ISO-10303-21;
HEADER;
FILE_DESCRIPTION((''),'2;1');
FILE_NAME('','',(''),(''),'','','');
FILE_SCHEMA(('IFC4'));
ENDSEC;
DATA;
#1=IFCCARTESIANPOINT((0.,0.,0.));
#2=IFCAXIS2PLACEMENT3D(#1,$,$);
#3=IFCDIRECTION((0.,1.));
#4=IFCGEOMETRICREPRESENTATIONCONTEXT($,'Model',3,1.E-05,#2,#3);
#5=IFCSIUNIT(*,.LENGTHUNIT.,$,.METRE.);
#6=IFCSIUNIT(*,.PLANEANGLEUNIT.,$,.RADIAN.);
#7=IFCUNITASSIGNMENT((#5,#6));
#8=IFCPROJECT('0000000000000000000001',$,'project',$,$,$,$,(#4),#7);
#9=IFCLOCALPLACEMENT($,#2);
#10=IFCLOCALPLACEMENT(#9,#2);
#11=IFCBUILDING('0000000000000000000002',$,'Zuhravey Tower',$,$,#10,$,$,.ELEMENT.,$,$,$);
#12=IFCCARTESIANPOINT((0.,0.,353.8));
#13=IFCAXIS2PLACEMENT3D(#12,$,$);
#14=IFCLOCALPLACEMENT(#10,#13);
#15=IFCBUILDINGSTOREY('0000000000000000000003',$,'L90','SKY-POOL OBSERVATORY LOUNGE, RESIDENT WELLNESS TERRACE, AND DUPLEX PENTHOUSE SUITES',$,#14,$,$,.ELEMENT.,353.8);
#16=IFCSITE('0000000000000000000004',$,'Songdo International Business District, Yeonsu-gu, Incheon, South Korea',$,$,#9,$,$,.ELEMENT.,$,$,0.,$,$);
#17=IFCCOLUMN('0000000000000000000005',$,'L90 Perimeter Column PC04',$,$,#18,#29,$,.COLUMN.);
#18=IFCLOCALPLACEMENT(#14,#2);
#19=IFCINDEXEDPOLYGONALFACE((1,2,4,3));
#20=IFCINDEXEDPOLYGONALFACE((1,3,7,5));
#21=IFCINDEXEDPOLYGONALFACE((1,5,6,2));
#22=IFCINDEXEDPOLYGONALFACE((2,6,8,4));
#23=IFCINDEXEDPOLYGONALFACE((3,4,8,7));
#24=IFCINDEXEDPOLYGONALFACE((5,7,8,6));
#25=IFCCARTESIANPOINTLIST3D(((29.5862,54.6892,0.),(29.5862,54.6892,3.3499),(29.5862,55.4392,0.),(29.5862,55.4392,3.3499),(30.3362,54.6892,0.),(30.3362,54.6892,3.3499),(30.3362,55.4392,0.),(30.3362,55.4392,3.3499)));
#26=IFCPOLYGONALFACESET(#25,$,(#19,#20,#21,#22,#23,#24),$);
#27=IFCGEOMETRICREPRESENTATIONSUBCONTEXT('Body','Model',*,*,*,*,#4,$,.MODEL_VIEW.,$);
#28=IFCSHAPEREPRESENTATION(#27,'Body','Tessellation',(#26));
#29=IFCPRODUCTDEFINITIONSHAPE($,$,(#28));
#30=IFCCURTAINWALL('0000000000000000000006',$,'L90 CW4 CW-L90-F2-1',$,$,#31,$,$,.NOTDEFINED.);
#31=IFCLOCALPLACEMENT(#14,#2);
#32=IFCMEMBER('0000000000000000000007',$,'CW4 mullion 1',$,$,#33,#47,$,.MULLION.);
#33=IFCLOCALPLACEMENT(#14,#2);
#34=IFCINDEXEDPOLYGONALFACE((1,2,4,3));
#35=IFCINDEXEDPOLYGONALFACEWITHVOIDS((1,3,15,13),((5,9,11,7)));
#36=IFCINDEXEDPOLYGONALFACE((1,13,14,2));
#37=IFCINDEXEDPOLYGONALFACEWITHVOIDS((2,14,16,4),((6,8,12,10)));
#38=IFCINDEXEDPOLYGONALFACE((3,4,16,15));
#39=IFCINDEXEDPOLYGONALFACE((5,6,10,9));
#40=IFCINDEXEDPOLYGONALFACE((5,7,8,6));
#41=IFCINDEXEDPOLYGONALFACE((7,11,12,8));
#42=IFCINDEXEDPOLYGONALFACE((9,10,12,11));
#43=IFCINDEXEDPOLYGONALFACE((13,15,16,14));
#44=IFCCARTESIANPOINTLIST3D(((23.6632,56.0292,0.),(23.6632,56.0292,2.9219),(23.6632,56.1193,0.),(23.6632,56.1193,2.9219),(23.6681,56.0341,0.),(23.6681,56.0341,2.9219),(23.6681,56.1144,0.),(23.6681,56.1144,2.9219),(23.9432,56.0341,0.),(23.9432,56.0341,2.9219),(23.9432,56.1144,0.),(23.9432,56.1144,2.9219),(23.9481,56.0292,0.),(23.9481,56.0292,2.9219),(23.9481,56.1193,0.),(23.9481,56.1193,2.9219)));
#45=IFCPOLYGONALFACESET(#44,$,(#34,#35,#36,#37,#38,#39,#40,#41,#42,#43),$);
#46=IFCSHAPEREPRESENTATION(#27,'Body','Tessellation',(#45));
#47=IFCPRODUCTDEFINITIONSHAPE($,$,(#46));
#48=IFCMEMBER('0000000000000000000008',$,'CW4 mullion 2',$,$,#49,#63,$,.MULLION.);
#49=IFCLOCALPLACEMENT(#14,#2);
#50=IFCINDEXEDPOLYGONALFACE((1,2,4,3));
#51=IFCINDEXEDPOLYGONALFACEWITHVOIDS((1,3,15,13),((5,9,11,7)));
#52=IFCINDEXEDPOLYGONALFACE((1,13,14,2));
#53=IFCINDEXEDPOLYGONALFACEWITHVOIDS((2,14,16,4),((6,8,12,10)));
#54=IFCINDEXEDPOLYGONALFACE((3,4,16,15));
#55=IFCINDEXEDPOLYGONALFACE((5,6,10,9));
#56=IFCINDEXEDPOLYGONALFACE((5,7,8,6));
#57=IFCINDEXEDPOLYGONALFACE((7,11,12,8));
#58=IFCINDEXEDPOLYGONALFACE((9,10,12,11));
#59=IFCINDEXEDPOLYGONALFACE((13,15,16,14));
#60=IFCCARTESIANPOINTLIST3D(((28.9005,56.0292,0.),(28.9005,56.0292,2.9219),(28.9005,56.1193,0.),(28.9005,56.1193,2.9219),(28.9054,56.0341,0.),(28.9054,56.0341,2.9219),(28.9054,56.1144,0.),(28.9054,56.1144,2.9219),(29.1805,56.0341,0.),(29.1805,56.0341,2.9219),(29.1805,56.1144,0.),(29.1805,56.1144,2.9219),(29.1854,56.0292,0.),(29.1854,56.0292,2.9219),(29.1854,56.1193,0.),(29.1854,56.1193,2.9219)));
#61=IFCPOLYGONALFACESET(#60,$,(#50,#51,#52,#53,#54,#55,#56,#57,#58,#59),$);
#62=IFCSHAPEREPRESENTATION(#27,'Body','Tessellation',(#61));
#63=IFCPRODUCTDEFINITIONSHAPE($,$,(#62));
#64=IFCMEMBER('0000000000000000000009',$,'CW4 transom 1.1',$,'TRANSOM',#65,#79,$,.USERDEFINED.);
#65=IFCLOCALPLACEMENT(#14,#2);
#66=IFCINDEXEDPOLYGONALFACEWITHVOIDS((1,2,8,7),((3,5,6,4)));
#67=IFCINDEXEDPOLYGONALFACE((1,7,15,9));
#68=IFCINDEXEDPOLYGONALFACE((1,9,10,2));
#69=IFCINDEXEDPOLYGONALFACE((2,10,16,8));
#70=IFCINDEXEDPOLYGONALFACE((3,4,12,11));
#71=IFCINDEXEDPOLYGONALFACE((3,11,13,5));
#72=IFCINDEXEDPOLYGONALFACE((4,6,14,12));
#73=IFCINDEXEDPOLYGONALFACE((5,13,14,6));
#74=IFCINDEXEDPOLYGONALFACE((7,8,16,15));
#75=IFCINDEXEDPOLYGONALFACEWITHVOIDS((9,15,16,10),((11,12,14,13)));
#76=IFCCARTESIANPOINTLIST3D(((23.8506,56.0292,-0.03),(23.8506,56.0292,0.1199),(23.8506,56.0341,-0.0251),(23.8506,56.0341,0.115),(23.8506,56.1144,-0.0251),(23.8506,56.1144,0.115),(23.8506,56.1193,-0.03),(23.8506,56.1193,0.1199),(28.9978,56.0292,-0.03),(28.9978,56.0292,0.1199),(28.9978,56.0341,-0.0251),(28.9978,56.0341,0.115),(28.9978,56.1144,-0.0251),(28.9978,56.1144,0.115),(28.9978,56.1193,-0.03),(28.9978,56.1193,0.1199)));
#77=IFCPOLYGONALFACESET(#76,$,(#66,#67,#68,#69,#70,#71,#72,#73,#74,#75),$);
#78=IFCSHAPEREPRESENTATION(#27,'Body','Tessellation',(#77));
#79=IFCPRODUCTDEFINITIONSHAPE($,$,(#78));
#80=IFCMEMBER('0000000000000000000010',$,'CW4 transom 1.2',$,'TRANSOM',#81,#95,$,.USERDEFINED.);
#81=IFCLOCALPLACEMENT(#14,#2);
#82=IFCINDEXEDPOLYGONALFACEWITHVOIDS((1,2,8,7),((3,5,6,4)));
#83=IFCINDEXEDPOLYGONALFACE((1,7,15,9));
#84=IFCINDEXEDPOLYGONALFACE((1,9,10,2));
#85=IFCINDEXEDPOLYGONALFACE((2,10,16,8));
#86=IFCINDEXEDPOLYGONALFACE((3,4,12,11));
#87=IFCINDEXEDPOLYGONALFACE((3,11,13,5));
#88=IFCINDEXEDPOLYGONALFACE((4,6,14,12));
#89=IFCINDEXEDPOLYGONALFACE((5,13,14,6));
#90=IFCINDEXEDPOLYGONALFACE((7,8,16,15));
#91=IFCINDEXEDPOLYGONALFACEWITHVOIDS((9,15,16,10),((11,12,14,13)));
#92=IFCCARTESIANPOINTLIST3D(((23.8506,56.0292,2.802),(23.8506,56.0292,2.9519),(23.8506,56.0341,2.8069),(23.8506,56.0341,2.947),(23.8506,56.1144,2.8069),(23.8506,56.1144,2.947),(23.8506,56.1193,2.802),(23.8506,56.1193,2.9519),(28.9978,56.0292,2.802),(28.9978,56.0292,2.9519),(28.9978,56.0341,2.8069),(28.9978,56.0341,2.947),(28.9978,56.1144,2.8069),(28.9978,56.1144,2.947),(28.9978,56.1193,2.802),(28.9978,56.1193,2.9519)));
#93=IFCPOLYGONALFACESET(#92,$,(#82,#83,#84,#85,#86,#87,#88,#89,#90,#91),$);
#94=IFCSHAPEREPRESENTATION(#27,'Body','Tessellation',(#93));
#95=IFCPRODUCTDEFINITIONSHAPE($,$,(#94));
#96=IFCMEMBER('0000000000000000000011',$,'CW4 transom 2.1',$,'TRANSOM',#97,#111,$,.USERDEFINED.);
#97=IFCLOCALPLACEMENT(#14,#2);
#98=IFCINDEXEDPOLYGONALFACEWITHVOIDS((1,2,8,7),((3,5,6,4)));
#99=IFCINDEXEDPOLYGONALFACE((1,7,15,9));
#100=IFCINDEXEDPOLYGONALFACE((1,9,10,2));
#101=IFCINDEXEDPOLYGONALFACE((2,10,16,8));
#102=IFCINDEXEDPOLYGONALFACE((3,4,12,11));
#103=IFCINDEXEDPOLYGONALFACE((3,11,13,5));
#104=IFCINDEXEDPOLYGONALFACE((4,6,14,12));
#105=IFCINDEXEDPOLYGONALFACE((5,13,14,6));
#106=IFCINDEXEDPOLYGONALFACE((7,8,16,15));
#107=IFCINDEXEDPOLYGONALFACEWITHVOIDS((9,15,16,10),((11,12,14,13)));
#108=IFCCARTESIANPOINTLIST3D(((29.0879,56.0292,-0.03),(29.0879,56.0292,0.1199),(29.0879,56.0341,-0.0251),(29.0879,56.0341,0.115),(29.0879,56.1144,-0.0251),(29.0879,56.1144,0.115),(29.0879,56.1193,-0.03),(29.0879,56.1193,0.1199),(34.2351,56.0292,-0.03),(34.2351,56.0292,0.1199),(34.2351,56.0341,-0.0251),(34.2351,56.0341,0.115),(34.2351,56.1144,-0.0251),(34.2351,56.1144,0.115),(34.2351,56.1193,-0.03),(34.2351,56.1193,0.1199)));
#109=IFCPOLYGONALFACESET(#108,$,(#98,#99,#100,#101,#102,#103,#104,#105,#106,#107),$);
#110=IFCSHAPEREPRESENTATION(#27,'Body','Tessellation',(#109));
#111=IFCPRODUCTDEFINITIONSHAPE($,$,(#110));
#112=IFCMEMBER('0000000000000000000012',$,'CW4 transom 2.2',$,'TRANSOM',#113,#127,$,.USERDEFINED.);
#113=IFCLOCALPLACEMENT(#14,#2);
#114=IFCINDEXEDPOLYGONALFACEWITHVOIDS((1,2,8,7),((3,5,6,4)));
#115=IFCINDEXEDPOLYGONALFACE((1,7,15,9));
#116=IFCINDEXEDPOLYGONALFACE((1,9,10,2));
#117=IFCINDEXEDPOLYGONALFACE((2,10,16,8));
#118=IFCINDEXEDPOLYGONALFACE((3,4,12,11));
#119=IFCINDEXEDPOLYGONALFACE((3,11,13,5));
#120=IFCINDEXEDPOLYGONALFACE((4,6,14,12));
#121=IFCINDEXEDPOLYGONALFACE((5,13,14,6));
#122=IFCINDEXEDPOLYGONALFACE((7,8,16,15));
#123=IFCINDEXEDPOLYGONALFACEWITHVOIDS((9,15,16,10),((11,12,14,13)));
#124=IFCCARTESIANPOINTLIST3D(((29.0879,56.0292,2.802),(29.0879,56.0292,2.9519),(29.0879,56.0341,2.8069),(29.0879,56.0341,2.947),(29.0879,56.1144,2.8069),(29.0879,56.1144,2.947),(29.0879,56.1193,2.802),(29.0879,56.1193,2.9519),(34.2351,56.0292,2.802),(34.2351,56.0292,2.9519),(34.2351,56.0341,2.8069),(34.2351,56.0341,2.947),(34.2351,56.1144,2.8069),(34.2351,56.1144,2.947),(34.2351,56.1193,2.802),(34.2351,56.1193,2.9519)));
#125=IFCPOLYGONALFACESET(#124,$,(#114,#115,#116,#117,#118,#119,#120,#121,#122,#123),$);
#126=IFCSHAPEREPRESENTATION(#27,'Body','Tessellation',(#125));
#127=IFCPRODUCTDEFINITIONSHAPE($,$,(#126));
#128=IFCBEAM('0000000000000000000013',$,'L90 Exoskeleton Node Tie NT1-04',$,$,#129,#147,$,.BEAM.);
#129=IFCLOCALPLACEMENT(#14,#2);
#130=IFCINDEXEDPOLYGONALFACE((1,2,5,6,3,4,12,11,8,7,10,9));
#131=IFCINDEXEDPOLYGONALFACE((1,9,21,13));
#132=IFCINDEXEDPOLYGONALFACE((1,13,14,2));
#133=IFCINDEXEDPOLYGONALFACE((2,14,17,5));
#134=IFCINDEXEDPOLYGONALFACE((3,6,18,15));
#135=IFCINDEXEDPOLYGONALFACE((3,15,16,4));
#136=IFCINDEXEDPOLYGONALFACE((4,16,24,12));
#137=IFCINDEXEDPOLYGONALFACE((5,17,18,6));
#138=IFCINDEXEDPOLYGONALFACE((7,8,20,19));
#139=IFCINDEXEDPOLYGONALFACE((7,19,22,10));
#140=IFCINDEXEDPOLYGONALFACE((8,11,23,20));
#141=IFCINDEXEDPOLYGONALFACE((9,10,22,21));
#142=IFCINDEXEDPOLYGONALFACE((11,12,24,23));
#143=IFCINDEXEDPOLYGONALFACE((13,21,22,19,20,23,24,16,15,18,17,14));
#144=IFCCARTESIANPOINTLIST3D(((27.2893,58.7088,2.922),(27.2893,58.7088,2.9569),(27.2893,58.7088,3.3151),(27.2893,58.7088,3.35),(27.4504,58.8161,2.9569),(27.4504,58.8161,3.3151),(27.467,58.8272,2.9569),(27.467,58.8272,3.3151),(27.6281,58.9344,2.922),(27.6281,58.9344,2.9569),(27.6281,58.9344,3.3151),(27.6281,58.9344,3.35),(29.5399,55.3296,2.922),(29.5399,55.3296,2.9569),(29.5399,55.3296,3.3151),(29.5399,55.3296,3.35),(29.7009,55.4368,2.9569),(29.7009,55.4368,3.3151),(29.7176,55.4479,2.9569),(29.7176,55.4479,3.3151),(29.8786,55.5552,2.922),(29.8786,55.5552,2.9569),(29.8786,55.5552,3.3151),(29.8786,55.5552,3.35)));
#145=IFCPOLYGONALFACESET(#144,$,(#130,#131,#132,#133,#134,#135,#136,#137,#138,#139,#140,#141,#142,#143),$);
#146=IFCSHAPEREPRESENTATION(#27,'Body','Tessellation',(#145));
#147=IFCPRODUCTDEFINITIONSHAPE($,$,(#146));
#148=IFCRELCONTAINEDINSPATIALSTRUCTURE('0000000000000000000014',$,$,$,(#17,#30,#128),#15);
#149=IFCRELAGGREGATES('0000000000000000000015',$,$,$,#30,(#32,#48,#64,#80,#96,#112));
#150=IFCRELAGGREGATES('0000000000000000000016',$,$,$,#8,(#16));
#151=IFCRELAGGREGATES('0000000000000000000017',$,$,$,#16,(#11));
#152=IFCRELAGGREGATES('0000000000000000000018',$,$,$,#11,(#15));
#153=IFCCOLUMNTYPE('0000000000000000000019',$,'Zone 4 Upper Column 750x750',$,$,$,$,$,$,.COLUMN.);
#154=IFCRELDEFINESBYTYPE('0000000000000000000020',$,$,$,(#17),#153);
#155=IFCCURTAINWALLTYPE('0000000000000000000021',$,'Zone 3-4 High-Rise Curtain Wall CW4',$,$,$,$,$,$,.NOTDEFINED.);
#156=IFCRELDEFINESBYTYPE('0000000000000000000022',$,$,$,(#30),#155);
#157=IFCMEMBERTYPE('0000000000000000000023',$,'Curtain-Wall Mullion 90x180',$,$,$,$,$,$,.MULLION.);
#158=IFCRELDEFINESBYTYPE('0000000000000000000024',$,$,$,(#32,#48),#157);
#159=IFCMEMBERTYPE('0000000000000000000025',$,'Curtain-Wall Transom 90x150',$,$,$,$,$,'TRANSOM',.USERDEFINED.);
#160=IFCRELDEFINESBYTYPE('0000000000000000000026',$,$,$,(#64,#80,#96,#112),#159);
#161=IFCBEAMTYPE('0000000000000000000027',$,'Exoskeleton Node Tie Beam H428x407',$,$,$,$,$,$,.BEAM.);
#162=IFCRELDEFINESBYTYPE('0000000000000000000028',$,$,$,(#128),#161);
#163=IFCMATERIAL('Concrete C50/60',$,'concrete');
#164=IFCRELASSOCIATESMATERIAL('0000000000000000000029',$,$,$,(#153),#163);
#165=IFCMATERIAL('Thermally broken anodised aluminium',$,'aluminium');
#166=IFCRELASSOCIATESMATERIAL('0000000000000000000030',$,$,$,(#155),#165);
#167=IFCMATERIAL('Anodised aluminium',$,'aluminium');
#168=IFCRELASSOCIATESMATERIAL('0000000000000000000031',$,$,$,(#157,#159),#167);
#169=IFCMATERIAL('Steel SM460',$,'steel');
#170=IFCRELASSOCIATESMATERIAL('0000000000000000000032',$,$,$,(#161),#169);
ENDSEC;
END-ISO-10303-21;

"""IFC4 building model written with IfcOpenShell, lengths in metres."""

from ifc_helpers import new_model, si_unit, direction, frame, origin, origin_2d, place, context, subcontext, project, spatial, rectangle, hollow_rectangle, i_section, extrude, material, material_profile, profile_set, type_object, element, aggregate, save


model = new_model("IFC4")

# Units and contexts
model_context = context("Model", 3, precision=1e-05, world=origin(), true_north=direction((0.0, 1.0)))
body_context = subcontext(model_context, "Body", "Model", "MODEL_VIEW")
ifc_project = project(units=[si_unit("LENGTHUNIT", "METRE"), si_unit("PLANEANGLEUNIT", "RADIAN")], contexts=[model_context])

# Site, building, storey
site_placement = place(None, origin())
site = spatial("IfcSite", under=ifc_project, at=site_placement, Name="Songdo International Business District, Yeonsu-gu, Incheon, South Korea", CompositionType="ELEMENT", RefElevation=0.0)
building_placement = place(site_placement, origin())
building = spatial("IfcBuilding", under=site, at=building_placement, Name="Zuhravey Tower", CompositionType="ELEMENT")
storey_placement = place(building_placement, frame((0.0, 0.0, 353.8)))
storey = spatial("IfcBuildingStorey", under=building, at=storey_placement, Name="L90", Description="SKY-POOL OBSERVATORY LOUNGE, RESIDENT WELLNESS TERRACE, AND DUPLEX PENTHOUSE SUITES", CompositionType="ELEMENT", Elevation=353.8)

# Column
ifc_material_1 = material(Name="Concrete C50/60", Category="concrete")
ifc_material_profile_1 = material_profile(ifc_material_1, rectangle(XDim=0.75, YDim=0.75, at=origin_2d()), Name="RC-750x750")
ifc_profile_set_1 = profile_set([ifc_material_profile_1], Name="Concrete C50/60")
column_type = type_object("IfcColumnType", Name="Zone 4 Upper Column 750x750", PredefinedType="COLUMN", material=ifc_profile_set_1)
column_placement = place(storey_placement, frame((29.9612, 55.0642, 0.0), z_axis=(0.0, 0.0, 1.0), x_axis=(-1.0, 0.0, 0.0)))
element("IfcColumn", 1, at=column_placement, inside=storey, type_object=column_type, Name="L90 Perimeter Column PC04", PredefinedType="COLUMN", context=body_context, shape_type="SweptSolid", body=[
    extrude(rectangle(XDim=0.75, YDim=0.75, at=origin_2d()), origin(), (0.0, 0.0, 1.0), 3.3499),
])

# Curtain wall, members
ifc_material_2 = material(Name="Thermally broken anodised aluminium", Category="aluminium")
curtain_wall_type = type_object("IfcCurtainWallType", Name="Zone 3-4 High-Rise Curtain Wall CW4", PredefinedType="NOTDEFINED", material=ifc_material_2)
curtain_wall_placement = place(storey_placement, origin())
curtain_wall = element("IfcCurtainWall", 2, at=curtain_wall_placement, inside=storey, type_object=curtain_wall_type, Name="L90 CW4 CW-L90-F2-1", PredefinedType="NOTDEFINED")
ifc_material_3 = material(Name="Anodised aluminium", Category="aluminium")
ifc_material_profile_2 = material_profile(ifc_material_3, hollow_rectangle(XDim=0.0901, YDim=0.2849, WallThickness=0.0049, at=origin_2d()), Name="ALU-RHS-90x285x5")
ifc_profile_set_2 = profile_set([ifc_material_profile_2], Name="Anodised aluminium")
member_type_1 = type_object("IfcMemberType", Name="Curtain-Wall Mullion 90x180", PredefinedType="MULLION", material=ifc_profile_set_2)
member_1_placement = place(storey_placement, frame((23.8057, 56.0742, 0.0), z_axis=(0.0, 0.0, 1.0), x_axis=(0.0, 1.0, 0.0)))
member_1 = element("IfcMember", 3, at=member_1_placement, type_object=member_type_1, Name="CW4 mullion 1", PredefinedType="MULLION", context=body_context, shape_type="SweptSolid", body=[
    extrude(hollow_rectangle(XDim=0.0901, YDim=0.2849, WallThickness=0.0049, at=origin_2d()), origin(), (0.0, 0.0, 1.0), 2.9219),
])
member_2_placement = place(storey_placement, frame((29.043, 56.0742, 0.0), z_axis=(0.0, 0.0, 1.0), x_axis=(0.0, 1.0, 0.0)))
member_2 = element("IfcMember", 4, at=member_2_placement, type_object=member_type_1, Name="CW4 mullion 2", PredefinedType="MULLION", context=body_context, shape_type="SweptSolid", body=[
    extrude(hollow_rectangle(XDim=0.0901, YDim=0.2849, WallThickness=0.0049, at=origin_2d()), origin(), (0.0, 0.0, 1.0), 2.9219),
])
ifc_material_profile_3 = material_profile(ifc_material_3, hollow_rectangle(XDim=0.0901, YDim=0.1499, WallThickness=0.0049, at=origin_2d()), Name="ALU-RHS-90x150x5")
ifc_profile_set_3 = profile_set([ifc_material_profile_3], Name="Anodised aluminium")
member_type_2 = type_object("IfcMemberType", Name="Curtain-Wall Transom 90x150", ElementType="TRANSOM", PredefinedType="USERDEFINED", material=ifc_profile_set_3)
member_3_placement = place(storey_placement, frame((23.8506, 56.0742, 0.0449), z_axis=(1.0, 0.0, 0.0), x_axis=(0.0, 1.0, 0.0)))
member_3 = element("IfcMember", 5, at=member_3_placement, type_object=member_type_2, Name="CW4 transom 1.1", ObjectType="TRANSOM", PredefinedType="USERDEFINED", context=body_context, shape_type="SweptSolid", body=[
    extrude(hollow_rectangle(XDim=0.0901, YDim=0.1499, WallThickness=0.0049, at=origin_2d()), origin(), (0.0, 0.0, 1.0), 5.1472),
])
member_4_placement = place(storey_placement, frame((23.8506, 56.0742, 2.877), z_axis=(1.0, 0.0, 0.0), x_axis=(0.0, 1.0, 0.0)))
member_4 = element("IfcMember", 6, at=member_4_placement, type_object=member_type_2, Name="CW4 transom 1.2", ObjectType="TRANSOM", PredefinedType="USERDEFINED", context=body_context, shape_type="SweptSolid", body=[
    extrude(hollow_rectangle(XDim=0.0901, YDim=0.1499, WallThickness=0.0049, at=origin_2d()), origin(), (0.0, 0.0, 1.0), 5.1472),
])
member_5_placement = place(storey_placement, frame((29.0879, 56.0742, 0.0449), z_axis=(1.0, 0.0, 0.0), x_axis=(0.0, 1.0, 0.0)))
member_5 = element("IfcMember", 7, at=member_5_placement, type_object=member_type_2, Name="CW4 transom 2.1", ObjectType="TRANSOM", PredefinedType="USERDEFINED", context=body_context, shape_type="SweptSolid", body=[
    extrude(hollow_rectangle(XDim=0.0901, YDim=0.1499, WallThickness=0.0049, at=origin_2d()), origin(), (0.0, 0.0, 1.0), 5.1472),
])
member_6_placement = place(storey_placement, frame((29.0879, 56.0742, 2.877), z_axis=(1.0, 0.0, 0.0), x_axis=(0.0, 1.0, 0.0)))
member_6 = element("IfcMember", 8, at=member_6_placement, type_object=member_type_2, Name="CW4 transom 2.2", ObjectType="TRANSOM", PredefinedType="USERDEFINED", context=body_context, shape_type="SweptSolid", body=[
    extrude(hollow_rectangle(XDim=0.0901, YDim=0.1499, WallThickness=0.0049, at=origin_2d()), origin(), (0.0, 0.0, 1.0), 5.1472),
])

# Beam
ifc_material_4 = material(Name="Steel SM460", Category="steel")
ifc_material_profile_4 = material_profile(ifc_material_4, i_section(OverallWidth=0.407, OverallDepth=0.428, WebThickness=0.02, FlangeThickness=0.0349, at=origin_2d()), Name="H-428x407x20x35")
ifc_profile_set_4 = profile_set([ifc_material_profile_4], Name="Steel SM460")
beam_type_1 = type_object("IfcBeamType", Name="Exoskeleton Node Tie Beam H428x407", PredefinedType="BEAM", material=ifc_profile_set_4)
beam_1_placement = place(storey_placement, frame((29.7092, 55.4424, 3.136), z_axis=(-0.554312, 0.832309, 0.0), x_axis=(-0.832309, -0.554312, 0.0)))
element("IfcBeam", 9, at=beam_1_placement, inside=storey, type_object=beam_type_1, Name="L90 Exoskeleton Node Tie NT1-04", PredefinedType="BEAM", context=body_context, shape_type="SweptSolid", body=[
    extrude(i_section(OverallWidth=0.407, OverallDepth=0.428, WebThickness=0.02, FlangeThickness=0.0349, at=origin_2d()), origin(), (0.0, 0.0, 1.0), 4.0601),
])

aggregate(curtain_wall, [member_1, member_2, member_3, member_4, member_5, member_6])

save(model, "model.ifc")
